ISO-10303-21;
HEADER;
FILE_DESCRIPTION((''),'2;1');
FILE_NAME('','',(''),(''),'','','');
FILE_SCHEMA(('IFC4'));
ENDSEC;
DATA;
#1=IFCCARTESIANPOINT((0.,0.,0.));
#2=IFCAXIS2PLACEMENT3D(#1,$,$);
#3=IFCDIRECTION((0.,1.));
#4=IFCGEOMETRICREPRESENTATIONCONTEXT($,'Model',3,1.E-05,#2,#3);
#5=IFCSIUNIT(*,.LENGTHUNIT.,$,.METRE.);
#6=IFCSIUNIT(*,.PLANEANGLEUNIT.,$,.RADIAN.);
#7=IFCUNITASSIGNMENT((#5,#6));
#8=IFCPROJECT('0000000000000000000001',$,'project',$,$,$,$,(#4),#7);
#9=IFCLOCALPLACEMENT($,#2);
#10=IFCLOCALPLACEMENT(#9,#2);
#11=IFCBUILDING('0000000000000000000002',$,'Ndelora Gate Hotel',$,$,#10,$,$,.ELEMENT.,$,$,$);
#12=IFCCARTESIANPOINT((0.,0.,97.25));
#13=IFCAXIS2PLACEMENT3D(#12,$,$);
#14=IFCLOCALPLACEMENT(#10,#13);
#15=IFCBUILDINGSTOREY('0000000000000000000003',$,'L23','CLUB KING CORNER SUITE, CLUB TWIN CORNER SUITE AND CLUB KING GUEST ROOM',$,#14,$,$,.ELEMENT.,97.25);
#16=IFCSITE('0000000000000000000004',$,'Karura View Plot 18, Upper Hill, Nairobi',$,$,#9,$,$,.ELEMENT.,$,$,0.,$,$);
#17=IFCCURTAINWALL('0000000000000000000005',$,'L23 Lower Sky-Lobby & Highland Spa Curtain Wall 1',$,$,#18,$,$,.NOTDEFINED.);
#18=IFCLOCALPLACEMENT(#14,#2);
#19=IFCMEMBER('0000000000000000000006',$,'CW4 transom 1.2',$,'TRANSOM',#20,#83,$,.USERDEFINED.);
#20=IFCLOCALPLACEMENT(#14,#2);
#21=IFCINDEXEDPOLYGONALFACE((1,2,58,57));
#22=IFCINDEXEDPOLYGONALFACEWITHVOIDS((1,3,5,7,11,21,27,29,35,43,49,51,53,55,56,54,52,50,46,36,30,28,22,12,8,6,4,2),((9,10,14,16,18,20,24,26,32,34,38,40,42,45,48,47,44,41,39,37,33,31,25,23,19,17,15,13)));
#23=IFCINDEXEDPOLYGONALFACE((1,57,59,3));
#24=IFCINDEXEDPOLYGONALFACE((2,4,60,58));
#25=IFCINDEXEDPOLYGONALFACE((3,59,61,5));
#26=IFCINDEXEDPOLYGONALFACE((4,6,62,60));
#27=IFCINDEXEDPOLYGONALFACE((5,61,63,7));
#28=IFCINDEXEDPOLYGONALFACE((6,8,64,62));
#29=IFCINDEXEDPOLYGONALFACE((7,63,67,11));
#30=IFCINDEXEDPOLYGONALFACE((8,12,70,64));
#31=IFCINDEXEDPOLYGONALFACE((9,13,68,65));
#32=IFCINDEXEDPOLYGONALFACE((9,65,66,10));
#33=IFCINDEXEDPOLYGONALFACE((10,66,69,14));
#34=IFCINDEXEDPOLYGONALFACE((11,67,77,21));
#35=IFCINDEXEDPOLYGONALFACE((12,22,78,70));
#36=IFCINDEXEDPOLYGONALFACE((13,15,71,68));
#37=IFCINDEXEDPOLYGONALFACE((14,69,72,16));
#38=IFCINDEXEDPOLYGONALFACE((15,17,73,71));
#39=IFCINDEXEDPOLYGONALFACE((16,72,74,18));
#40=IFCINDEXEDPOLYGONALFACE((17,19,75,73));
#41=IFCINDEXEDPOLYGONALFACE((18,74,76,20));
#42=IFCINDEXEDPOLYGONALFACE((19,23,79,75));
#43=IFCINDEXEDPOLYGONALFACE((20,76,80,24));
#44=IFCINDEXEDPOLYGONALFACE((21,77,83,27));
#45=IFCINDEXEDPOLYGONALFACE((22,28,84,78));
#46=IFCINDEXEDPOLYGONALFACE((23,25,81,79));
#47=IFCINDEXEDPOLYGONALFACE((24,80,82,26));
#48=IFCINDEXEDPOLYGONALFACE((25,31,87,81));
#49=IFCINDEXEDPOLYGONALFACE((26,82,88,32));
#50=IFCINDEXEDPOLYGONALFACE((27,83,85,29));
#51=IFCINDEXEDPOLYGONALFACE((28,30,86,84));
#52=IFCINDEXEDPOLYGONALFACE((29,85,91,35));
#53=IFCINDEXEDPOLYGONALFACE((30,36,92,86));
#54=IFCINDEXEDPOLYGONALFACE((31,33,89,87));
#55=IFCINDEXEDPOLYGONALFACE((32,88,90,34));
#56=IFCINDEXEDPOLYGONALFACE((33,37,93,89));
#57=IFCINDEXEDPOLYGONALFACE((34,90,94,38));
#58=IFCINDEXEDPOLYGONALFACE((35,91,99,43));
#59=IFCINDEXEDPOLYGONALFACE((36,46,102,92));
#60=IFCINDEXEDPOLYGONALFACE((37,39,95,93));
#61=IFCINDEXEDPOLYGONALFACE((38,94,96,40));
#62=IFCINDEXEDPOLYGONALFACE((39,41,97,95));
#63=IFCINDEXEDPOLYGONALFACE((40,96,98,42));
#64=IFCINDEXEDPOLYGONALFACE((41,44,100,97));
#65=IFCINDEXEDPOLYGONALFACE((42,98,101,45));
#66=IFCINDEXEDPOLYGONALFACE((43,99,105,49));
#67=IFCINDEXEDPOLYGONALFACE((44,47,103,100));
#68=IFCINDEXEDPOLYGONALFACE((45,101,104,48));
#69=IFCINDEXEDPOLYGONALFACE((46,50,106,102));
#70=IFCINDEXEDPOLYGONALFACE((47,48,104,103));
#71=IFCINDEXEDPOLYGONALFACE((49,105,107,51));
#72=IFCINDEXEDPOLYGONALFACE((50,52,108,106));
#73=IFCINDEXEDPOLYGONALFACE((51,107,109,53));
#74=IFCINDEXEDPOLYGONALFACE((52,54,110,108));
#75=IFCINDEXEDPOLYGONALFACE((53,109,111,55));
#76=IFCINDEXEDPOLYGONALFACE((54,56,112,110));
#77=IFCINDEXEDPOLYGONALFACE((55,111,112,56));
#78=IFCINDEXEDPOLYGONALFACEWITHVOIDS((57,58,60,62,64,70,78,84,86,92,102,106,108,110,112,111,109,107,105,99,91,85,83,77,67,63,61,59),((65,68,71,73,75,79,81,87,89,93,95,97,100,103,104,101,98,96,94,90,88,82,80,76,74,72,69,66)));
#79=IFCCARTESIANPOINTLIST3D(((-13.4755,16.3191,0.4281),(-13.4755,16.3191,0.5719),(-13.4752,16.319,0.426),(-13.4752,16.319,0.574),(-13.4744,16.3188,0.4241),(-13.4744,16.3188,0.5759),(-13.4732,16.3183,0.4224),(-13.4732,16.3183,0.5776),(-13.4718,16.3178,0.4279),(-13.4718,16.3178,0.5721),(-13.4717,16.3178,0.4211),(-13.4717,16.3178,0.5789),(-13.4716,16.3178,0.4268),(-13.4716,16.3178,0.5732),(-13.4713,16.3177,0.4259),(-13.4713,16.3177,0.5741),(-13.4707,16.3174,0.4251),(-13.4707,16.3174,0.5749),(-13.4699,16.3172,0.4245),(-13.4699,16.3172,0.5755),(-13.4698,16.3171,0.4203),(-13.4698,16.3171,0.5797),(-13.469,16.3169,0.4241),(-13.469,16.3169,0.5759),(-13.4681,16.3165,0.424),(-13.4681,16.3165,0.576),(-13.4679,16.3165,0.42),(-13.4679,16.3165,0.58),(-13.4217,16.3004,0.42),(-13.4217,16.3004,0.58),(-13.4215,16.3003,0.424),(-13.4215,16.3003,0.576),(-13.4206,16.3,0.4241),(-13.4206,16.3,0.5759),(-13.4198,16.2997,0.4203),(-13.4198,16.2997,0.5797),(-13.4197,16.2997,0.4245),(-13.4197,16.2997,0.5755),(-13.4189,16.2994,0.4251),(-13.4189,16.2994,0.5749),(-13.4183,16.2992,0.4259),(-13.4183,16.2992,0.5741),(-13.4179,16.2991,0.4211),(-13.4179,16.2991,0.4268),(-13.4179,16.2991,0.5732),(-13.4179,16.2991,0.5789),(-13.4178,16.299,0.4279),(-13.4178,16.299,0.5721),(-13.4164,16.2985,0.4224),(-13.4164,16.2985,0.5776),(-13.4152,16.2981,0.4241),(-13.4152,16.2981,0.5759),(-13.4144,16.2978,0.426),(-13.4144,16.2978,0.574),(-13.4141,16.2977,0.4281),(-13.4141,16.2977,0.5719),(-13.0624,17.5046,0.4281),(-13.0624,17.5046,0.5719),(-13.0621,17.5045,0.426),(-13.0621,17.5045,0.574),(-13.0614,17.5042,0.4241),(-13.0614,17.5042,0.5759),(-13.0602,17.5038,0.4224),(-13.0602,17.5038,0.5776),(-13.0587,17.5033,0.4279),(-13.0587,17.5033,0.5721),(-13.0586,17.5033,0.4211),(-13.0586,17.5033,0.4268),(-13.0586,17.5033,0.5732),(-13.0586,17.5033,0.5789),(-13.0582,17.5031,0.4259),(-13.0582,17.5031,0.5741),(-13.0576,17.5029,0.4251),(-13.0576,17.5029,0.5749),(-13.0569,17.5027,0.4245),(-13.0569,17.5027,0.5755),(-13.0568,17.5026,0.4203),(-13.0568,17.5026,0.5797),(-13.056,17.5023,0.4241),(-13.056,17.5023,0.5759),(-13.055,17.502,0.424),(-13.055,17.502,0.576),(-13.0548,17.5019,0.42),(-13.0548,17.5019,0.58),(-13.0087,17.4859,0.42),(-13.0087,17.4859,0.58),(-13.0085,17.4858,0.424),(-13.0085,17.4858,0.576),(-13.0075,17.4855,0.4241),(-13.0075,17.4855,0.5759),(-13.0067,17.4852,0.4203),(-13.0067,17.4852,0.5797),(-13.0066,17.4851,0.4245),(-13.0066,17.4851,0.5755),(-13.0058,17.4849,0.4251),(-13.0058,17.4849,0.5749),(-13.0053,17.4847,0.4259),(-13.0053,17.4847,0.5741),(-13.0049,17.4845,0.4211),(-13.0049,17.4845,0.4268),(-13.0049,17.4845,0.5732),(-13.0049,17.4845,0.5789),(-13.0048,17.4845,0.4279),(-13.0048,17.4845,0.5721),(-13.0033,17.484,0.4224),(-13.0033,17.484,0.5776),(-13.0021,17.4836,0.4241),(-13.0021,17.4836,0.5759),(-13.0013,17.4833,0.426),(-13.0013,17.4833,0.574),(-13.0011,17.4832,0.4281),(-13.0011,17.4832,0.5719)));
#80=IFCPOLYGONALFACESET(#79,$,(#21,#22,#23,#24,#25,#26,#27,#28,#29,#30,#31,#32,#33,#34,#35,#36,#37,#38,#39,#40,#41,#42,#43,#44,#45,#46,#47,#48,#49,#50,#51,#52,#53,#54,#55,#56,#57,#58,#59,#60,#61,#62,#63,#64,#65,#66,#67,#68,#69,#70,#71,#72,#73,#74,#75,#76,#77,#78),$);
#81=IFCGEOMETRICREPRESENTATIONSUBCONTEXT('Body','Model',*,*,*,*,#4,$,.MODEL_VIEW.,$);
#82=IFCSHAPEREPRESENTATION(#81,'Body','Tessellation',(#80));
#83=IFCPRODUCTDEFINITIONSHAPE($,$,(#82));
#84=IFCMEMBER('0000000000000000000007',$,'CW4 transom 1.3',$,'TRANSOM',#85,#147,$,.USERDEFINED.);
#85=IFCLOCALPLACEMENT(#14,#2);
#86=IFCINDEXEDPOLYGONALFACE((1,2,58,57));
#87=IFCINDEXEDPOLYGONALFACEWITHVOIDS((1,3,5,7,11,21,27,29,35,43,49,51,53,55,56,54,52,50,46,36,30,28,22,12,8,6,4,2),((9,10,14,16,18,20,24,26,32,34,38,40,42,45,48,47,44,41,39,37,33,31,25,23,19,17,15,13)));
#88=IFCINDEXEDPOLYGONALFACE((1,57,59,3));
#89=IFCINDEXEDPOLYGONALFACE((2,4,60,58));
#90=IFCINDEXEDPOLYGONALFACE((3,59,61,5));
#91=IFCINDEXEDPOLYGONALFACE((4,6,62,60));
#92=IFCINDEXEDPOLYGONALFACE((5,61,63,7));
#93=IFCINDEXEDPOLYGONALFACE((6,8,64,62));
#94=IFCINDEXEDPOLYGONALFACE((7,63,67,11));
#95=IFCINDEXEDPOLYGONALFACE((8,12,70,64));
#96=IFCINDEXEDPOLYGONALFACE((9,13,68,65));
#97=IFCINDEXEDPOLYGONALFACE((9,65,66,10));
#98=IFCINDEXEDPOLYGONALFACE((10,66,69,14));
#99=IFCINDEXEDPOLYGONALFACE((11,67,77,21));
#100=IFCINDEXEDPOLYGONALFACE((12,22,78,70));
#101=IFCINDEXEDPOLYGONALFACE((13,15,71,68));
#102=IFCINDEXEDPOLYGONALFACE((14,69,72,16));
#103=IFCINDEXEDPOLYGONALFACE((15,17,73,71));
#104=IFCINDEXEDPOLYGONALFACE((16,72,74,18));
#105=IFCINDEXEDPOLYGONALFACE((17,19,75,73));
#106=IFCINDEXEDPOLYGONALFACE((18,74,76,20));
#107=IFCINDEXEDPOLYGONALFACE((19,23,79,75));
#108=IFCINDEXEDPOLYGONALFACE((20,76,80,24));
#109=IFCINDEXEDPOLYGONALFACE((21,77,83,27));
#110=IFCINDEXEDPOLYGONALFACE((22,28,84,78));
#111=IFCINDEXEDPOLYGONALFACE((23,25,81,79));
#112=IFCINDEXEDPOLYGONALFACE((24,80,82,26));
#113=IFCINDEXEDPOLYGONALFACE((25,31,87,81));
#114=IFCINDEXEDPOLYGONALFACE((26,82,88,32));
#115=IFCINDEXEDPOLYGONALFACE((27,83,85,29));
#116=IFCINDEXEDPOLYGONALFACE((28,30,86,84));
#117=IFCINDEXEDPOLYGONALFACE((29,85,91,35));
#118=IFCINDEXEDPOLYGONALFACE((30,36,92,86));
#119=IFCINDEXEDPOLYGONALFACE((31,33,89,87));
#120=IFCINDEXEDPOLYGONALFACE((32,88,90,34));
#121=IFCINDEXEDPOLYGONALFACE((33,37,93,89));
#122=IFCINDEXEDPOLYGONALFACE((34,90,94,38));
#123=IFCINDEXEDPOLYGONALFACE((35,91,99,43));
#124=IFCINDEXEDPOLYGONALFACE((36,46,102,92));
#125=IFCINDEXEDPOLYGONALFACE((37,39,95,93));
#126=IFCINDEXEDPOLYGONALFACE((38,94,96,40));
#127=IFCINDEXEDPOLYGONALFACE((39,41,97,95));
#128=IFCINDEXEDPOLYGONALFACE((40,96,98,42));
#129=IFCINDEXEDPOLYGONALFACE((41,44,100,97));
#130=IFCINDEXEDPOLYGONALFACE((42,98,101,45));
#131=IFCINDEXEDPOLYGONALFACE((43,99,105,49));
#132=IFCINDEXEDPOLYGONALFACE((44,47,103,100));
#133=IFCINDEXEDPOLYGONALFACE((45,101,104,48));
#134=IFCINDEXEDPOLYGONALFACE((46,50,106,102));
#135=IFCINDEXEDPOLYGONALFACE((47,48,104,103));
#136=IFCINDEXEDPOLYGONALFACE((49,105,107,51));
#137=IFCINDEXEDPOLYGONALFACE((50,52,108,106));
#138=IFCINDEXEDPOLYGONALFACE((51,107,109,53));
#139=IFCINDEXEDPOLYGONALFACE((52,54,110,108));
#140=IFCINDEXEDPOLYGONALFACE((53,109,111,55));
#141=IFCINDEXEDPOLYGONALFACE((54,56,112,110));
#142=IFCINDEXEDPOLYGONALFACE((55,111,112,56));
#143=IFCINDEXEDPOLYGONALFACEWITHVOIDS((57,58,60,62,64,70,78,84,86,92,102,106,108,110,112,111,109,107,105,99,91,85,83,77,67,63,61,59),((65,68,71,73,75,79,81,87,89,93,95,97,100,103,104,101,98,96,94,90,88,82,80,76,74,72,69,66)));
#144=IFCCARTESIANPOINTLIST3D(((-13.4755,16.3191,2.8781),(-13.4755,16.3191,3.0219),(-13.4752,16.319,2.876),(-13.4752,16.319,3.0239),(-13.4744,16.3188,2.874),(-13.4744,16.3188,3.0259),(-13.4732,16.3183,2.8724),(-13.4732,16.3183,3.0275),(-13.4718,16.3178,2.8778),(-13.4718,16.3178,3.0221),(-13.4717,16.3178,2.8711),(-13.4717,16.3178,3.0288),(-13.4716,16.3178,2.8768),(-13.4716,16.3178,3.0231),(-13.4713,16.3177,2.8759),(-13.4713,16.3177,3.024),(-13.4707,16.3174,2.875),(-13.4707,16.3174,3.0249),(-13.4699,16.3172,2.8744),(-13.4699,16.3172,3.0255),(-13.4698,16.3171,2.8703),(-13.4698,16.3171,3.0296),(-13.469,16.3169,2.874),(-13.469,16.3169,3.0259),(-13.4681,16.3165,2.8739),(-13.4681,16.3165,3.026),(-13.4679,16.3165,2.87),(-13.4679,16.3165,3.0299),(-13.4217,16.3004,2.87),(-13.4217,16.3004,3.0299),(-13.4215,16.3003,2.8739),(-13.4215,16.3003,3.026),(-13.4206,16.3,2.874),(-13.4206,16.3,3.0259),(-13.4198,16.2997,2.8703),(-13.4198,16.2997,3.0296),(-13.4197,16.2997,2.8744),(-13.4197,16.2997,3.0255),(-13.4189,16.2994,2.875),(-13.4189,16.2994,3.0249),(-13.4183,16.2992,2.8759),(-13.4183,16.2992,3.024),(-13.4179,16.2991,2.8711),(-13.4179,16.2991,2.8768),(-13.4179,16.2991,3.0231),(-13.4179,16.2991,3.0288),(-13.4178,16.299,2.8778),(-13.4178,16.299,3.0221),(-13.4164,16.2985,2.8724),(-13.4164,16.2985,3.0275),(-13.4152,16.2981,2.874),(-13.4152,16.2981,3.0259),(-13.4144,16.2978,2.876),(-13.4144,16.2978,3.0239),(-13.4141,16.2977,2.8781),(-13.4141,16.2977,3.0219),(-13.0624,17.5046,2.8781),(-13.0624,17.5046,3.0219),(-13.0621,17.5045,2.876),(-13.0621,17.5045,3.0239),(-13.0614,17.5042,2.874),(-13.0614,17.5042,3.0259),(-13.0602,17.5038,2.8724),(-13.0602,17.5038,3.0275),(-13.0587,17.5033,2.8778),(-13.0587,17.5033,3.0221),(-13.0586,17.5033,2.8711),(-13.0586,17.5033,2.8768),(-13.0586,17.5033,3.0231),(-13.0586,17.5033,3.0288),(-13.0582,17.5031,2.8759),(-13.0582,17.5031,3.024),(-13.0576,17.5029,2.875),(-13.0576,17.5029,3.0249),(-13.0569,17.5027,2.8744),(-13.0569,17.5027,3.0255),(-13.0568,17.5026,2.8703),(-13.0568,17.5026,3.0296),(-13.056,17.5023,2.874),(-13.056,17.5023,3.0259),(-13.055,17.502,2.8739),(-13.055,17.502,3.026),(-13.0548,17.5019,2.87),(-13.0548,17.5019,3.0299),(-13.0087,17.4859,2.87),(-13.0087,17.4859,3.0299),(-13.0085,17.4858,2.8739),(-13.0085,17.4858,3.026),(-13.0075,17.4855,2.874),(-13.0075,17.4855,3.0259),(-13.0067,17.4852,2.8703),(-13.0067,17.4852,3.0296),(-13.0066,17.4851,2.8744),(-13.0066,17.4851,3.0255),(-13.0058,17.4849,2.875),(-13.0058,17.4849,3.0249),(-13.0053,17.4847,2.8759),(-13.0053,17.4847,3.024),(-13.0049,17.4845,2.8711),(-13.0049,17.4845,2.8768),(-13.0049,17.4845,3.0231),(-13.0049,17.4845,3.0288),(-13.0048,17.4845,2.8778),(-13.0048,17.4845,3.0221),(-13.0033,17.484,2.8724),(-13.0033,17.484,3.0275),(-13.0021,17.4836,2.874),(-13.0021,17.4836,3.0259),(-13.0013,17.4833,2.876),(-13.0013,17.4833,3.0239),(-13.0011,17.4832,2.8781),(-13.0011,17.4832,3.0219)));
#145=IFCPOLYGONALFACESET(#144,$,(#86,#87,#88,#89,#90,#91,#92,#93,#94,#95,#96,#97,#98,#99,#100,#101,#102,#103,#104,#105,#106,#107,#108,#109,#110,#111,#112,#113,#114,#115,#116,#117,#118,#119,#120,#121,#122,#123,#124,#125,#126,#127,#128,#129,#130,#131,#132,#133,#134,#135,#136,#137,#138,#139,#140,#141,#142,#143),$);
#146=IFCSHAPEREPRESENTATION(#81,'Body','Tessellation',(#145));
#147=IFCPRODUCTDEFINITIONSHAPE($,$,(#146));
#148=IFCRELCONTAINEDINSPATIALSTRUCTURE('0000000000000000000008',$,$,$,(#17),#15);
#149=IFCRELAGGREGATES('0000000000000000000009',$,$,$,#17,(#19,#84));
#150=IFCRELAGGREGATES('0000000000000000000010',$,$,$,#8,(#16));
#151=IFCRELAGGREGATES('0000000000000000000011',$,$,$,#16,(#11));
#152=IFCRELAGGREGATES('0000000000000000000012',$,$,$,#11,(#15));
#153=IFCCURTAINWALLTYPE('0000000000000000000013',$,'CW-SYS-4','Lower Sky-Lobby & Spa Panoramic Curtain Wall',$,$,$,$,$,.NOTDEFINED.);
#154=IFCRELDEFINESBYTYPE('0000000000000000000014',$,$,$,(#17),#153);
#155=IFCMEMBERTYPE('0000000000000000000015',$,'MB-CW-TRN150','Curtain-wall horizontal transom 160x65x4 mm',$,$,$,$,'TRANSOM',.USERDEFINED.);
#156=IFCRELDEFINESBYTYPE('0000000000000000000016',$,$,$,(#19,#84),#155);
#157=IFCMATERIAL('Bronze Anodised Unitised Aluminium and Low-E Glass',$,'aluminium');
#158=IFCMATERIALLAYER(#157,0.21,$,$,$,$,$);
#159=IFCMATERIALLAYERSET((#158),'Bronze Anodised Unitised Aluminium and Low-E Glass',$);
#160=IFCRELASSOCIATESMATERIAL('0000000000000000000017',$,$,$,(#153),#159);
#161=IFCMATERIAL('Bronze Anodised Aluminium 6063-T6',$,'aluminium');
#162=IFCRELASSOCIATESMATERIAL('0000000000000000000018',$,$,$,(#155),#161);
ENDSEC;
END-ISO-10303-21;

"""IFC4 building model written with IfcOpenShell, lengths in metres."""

from ifc_helpers import new_model, si_unit, direction, frame, origin, origin_2d, place, context, subcontext, project, spatial, hollow_rectangle, extrude, material, layer, layer_set, material_profile, profile_set, type_object, element, aggregate, save


model = new_model("IFC4")

# Units and contexts
model_context = context("Model", 3, precision=1e-05, world=origin(), true_north=direction((0.0, 1.0)))
body_context = subcontext(model_context, "Body", "Model", "MODEL_VIEW")
ifc_project = project(units=[si_unit("LENGTHUNIT", "METRE"), si_unit("PLANEANGLEUNIT", "RADIAN")], contexts=[model_context])

# Site, building, storey
site_placement = place(None, origin())
site = spatial("IfcSite", under=ifc_project, at=site_placement, Name="Karura View Plot 18, Upper Hill, Nairobi", CompositionType="ELEMENT", RefElevation=0.0)
building_placement = place(site_placement, origin())
building = spatial("IfcBuilding", under=site, at=building_placement, Name="Ndelora Gate Hotel", CompositionType="ELEMENT")
storey_placement = place(building_placement, frame((0.0, 0.0, 97.25)))
storey = spatial("IfcBuildingStorey", under=building, at=storey_placement, Name="L23", Description="CLUB KING CORNER SUITE, CLUB TWIN CORNER SUITE AND CLUB KING GUEST ROOM", CompositionType="ELEMENT", Elevation=97.25)

# Curtain wall, members
ifc_material_1 = material(Name="Bronze Anodised Unitised Aluminium and Low-E Glass", Category="aluminium")
ifc_layer_1 = layer(ifc_material_1, 0.21)
ifc_layer_set_1 = layer_set([ifc_layer_1], Name="Bronze Anodised Unitised Aluminium and Low-E Glass")
curtain_wall_type = type_object("IfcCurtainWallType", Name="CW-SYS-4", Description="Lower Sky-Lobby & Spa Panoramic Curtain Wall", PredefinedType="NOTDEFINED", material=ifc_layer_set_1)
curtain_wall_placement = place(storey_placement, origin())
curtain_wall = element("IfcCurtainWall", 1, at=curtain_wall_placement, inside=storey, type_object=curtain_wall_type, Name="L23 Lower Sky-Lobby & Highland Spa Curtain Wall 1", PredefinedType="NOTDEFINED")
ifc_material_2 = material(Name="Bronze Anodised Aluminium 6063-T6", Category="aluminium")
ifc_material_profile_1 = material_profile(ifc_material_2, hollow_rectangle(XDim=0.0649, YDim=0.1599, WallThickness=0.0039, InnerFilletRadius=0.0039, OuterFilletRadius=0.0081, at=origin_2d()), Name="ALU 160x65x4")
ifc_profile_set_1 = profile_set([ifc_material_profile_1], Name="Bronze Anodised Aluminium 6063-T6")
member_type_1 = type_object("IfcMemberType", Name="MB-CW-TRN150", Description="Curtain-wall horizontal transom 160x65x4 mm", ElementType="TRANSOM", PredefinedType="USERDEFINED", material=ifc_profile_set_1)
member_1_placement = place(storey_placement, frame((-13.0317, 17.4939, 0.5), z_axis=(-0.329033, -0.944318, 0.0), x_axis=(0.944318, -0.329033, 0.0)))
member_1 = element("IfcMember", 2, at=member_1_placement, type_object=member_type_1, Name="CW4 transom 1.2", ObjectType="TRANSOM", PredefinedType="USERDEFINED", context=body_context, shape_type="SweptSolid", body=[
    extrude(hollow_rectangle(XDim=0.0649, YDim=0.1599, WallThickness=0.0039, InnerFilletRadius=0.0039, OuterFilletRadius=0.0081, at=origin_2d()), origin(), (0.0, 0.0, 1.0), 1.2554),
])
member_2_placement = place(storey_placement, frame((-13.0317, 17.4939, 2.95), z_axis=(-0.329033, -0.944318, 0.0), x_axis=(0.944318, -0.329033, 0.0)))
member_2 = element("IfcMember", 3, at=member_2_placement, type_object=member_type_1, Name="CW4 transom 1.3", ObjectType="TRANSOM", PredefinedType="USERDEFINED", context=body_context, shape_type="SweptSolid", body=[
    extrude(hollow_rectangle(XDim=0.0649, YDim=0.1599, WallThickness=0.0039, InnerFilletRadius=0.0039, OuterFilletRadius=0.0081, at=origin_2d()), origin(), (0.0, 0.0, 1.0), 1.2554),
])
aggregate(curtain_wall, [member_1, member_2])

save(model, "model.ifc")
